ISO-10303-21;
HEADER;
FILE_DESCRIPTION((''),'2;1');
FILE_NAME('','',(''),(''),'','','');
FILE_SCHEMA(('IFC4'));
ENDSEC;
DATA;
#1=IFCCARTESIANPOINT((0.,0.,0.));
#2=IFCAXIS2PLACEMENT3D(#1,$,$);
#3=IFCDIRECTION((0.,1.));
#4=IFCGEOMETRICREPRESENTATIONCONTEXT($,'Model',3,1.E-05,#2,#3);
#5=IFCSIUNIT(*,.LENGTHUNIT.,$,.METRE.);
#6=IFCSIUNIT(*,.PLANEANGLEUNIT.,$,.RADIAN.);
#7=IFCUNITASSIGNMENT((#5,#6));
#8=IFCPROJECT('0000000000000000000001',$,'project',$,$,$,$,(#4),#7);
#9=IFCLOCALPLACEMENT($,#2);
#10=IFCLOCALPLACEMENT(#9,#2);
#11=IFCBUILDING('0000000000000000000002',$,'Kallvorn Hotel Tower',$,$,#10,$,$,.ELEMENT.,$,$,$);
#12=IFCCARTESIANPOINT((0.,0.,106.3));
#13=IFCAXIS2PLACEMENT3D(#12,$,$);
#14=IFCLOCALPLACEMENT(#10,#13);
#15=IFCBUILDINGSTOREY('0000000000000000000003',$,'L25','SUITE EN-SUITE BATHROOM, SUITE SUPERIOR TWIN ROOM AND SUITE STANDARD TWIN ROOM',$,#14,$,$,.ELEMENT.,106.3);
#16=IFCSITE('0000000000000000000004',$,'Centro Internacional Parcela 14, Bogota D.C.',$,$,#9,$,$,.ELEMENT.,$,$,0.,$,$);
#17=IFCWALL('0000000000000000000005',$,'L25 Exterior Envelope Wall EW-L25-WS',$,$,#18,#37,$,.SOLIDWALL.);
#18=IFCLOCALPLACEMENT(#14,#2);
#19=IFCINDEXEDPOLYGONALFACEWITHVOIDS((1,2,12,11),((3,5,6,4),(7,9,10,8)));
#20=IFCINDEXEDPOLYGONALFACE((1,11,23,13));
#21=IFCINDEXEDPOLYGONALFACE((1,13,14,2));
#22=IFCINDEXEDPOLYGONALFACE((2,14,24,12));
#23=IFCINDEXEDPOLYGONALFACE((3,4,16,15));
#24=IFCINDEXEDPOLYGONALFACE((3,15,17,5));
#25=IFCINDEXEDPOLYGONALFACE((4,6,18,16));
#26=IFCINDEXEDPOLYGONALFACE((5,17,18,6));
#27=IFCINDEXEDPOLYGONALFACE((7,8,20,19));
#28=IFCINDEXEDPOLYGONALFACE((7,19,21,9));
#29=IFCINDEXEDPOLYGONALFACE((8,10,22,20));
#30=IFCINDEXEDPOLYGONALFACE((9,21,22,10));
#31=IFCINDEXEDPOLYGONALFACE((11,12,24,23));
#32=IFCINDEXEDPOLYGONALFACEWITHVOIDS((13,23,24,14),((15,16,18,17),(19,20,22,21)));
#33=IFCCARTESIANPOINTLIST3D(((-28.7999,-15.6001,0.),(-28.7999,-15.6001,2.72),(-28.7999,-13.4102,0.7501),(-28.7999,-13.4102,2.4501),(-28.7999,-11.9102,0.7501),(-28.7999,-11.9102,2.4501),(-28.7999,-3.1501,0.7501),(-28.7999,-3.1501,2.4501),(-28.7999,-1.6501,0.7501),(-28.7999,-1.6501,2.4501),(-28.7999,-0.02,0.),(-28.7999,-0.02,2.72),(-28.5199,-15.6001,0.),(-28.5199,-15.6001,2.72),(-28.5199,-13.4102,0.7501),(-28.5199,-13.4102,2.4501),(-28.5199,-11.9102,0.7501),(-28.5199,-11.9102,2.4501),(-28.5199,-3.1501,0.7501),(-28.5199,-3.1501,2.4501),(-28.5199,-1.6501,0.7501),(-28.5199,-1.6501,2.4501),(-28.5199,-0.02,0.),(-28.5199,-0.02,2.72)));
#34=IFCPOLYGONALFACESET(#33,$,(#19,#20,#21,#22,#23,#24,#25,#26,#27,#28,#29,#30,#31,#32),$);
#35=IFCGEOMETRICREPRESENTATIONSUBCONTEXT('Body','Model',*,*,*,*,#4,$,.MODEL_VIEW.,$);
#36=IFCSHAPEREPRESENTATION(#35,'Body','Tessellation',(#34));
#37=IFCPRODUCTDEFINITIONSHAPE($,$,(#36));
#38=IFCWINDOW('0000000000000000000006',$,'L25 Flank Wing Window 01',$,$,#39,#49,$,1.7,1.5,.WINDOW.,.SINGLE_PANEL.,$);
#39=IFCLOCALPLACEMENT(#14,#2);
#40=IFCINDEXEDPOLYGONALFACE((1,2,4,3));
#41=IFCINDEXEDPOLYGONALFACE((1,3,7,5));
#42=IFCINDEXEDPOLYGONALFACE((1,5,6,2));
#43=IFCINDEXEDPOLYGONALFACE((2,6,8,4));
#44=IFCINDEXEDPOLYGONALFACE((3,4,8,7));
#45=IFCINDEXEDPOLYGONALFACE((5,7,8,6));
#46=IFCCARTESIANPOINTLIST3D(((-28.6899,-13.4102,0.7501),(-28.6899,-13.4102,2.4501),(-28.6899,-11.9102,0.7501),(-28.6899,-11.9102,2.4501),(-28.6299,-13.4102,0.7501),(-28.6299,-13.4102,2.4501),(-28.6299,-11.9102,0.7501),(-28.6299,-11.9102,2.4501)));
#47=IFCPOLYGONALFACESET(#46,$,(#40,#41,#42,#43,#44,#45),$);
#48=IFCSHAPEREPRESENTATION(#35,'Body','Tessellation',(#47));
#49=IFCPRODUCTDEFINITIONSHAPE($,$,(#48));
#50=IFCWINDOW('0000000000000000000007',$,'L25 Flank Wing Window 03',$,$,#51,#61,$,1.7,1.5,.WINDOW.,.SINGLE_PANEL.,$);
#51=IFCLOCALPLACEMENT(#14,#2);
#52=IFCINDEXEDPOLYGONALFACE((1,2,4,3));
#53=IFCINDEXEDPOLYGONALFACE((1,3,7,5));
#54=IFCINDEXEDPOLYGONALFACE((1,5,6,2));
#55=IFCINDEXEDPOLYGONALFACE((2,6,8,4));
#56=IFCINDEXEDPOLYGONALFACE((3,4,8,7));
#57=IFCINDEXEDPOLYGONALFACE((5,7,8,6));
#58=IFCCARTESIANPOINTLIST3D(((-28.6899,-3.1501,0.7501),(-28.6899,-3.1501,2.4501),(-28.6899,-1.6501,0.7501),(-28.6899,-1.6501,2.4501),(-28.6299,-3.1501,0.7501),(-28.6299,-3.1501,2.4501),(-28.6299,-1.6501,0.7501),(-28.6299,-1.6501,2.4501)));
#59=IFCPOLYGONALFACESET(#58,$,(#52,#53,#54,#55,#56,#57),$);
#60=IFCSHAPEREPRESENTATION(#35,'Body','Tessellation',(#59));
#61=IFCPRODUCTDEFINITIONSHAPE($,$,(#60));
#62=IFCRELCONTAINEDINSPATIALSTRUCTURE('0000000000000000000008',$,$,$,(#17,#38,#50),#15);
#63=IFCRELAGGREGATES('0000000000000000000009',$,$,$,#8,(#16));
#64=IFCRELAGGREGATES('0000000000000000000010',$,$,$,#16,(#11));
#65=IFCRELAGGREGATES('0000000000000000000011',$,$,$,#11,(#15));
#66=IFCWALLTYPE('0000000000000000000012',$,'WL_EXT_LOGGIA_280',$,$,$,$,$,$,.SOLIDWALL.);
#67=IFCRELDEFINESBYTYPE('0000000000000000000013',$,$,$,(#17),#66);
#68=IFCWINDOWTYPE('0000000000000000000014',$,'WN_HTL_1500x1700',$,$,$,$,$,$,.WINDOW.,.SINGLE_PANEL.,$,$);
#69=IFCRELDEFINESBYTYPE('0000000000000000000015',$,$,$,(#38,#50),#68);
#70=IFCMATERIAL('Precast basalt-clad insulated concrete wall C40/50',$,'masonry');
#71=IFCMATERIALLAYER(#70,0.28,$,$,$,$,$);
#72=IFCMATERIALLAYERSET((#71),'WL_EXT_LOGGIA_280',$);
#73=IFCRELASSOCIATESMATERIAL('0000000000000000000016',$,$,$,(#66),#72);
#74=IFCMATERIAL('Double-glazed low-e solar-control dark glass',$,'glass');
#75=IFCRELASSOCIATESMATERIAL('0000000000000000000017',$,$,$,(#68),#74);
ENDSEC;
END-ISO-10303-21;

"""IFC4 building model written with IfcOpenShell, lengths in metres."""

from ifc_helpers import new_model, si_unit, direction, frame, frame_2d, origin, place, context, subcontext, project, spatial, rectangle, extrude, material, layer, layer_set, type_object, element, fill, save


model = new_model("IFC4")

# Units and contexts
model_context = context("Model", 3, precision=1e-05, world=origin(), true_north=direction((0.0, 1.0)))
body_context = subcontext(model_context, "Body", "Model", "MODEL_VIEW")
ifc_project = project(units=[si_unit("LENGTHUNIT", "METRE"), si_unit("PLANEANGLEUNIT", "RADIAN")], contexts=[model_context])

# Site, building, storey
site_placement = place(None, origin())
site = spatial("IfcSite", under=ifc_project, at=site_placement, Name="Centro Internacional Parcela 14, Bogota D.C.", CompositionType="ELEMENT", RefElevation=0.0)
building_placement = place(site_placement, origin())
building = spatial("IfcBuilding", under=site, at=building_placement, Name="Kallvorn Hotel Tower", CompositionType="ELEMENT")
storey_placement = place(building_placement, frame((0.0, 0.0, 106.3)))
storey = spatial("IfcBuildingStorey", under=building, at=storey_placement, Name="L25", Description="SUITE EN-SUITE BATHROOM, SUITE SUPERIOR TWIN ROOM AND SUITE STANDARD TWIN ROOM", CompositionType="ELEMENT", Elevation=106.3)

# Shared definitions
ifc_material_1 = material(Name="Precast basalt-clad insulated concrete wall C40/50", Category="masonry")
ifc_layer = layer(ifc_material_1, 0.28)
ifc_layer_set = layer_set([ifc_layer], Name="WL_EXT_LOGGIA_280")
wall_type = type_object("IfcWallType", Name="WL_EXT_LOGGIA_280", PredefinedType="SOLIDWALL", material=ifc_layer_set)

# Wall, openings, windows
wall_1_placement = place(storey_placement, frame((-28.6599, -15.6001, 0.0), z_axis=(0.0, 0.0, 1.0), x_axis=(0.0, 1.0, 0.0)))
wall_1 = element("IfcWall", 1, at=wall_1_placement, inside=storey, type_object=wall_type, Name="L25 Exterior Envelope Wall EW-L25-WS", PredefinedType="SOLIDWALL", context=body_context, shape_type="SweptSolid", body=[
    extrude(rectangle(XDim=15.5801, YDim=0.28, at=frame_2d((7.79, 0.0))), origin(), (0.0, 0.0, 1.0), 2.72),
])
opening_1_placement = place(wall_1_placement, frame((2.1899, 0.0, 0.75)))
opening_1 = element("IfcOpeningElement", 2, at=opening_1_placement, cuts=wall_1, PredefinedType="OPENING", context=body_context, shape_type="SweptSolid", body=[
    extrude(rectangle(XDim=1.5, YDim=1.7, at=frame_2d((0.75, 0.8501))), frame((0.0, 0.155, 0.0), z_axis=(0.0, -1.0, 0.0), x_axis=(1.0, 0.0, 0.0)), (0.0, 0.0, 1.0), 0.3101),
])
opening_2_placement = place(wall_1_placement, frame((12.45, 0.0, 0.75)))
opening_2 = element("IfcOpeningElement", 3, at=opening_2_placement, cuts=wall_1, PredefinedType="OPENING", context=body_context, shape_type="SweptSolid", body=[
    extrude(rectangle(XDim=1.5, YDim=1.7, at=frame_2d((0.75, 0.8501))), frame((0.0, 0.155, 0.0), z_axis=(0.0, -1.0, 0.0), x_axis=(1.0, 0.0, 0.0)), (0.0, 0.0, 1.0), 0.3101),
])
ifc_material_2 = material(Name="Double-glazed low-e solar-control dark glass", Category="glass")
window_type_1 = type_object("IfcWindowType", Name="WN_HTL_1500x1700", PartitioningType="SINGLE_PANEL", PredefinedType="WINDOW", material=ifc_material_2)
window_1_placement = place(opening_1_placement, origin())
window_1 = element("IfcWindow", 4, at=window_1_placement, inside=storey, type_object=window_type_1, Name="L25 Flank Wing Window 01", OverallHeight=1.7, OverallWidth=1.5, PartitioningType="SINGLE_PANEL", PredefinedType="WINDOW", context=body_context, shape_type="SweptSolid", body=[
    extrude(rectangle(XDim=1.5, YDim=1.7, at=frame_2d((0.75, 0.8501))), frame((0.0, 0.03, 0.0), z_axis=(0.0, -1.0, 0.0), x_axis=(1.0, 0.0, 0.0)), (0.0, 0.0, 1.0), 0.0601),
])
fill(opening_1, window_1)
window_2_placement = place(opening_2_placement, origin())
window_2 = element("IfcWindow", 5, at=window_2_placement, inside=storey, type_object=window_type_1, Name="L25 Flank Wing Window 03", OverallHeight=1.7, OverallWidth=1.5, PartitioningType="SINGLE_PANEL", PredefinedType="WINDOW", context=body_context, shape_type="SweptSolid", body=[
    extrude(rectangle(XDim=1.5, YDim=1.7, at=frame_2d((0.75, 0.8501))), frame((0.0, 0.03, 0.0), z_axis=(0.0, -1.0, 0.0), x_axis=(1.0, 0.0, 0.0)), (0.0, 0.0, 1.0), 0.0601),
])
fill(opening_2, window_2)

save(model, "model.ifc")
